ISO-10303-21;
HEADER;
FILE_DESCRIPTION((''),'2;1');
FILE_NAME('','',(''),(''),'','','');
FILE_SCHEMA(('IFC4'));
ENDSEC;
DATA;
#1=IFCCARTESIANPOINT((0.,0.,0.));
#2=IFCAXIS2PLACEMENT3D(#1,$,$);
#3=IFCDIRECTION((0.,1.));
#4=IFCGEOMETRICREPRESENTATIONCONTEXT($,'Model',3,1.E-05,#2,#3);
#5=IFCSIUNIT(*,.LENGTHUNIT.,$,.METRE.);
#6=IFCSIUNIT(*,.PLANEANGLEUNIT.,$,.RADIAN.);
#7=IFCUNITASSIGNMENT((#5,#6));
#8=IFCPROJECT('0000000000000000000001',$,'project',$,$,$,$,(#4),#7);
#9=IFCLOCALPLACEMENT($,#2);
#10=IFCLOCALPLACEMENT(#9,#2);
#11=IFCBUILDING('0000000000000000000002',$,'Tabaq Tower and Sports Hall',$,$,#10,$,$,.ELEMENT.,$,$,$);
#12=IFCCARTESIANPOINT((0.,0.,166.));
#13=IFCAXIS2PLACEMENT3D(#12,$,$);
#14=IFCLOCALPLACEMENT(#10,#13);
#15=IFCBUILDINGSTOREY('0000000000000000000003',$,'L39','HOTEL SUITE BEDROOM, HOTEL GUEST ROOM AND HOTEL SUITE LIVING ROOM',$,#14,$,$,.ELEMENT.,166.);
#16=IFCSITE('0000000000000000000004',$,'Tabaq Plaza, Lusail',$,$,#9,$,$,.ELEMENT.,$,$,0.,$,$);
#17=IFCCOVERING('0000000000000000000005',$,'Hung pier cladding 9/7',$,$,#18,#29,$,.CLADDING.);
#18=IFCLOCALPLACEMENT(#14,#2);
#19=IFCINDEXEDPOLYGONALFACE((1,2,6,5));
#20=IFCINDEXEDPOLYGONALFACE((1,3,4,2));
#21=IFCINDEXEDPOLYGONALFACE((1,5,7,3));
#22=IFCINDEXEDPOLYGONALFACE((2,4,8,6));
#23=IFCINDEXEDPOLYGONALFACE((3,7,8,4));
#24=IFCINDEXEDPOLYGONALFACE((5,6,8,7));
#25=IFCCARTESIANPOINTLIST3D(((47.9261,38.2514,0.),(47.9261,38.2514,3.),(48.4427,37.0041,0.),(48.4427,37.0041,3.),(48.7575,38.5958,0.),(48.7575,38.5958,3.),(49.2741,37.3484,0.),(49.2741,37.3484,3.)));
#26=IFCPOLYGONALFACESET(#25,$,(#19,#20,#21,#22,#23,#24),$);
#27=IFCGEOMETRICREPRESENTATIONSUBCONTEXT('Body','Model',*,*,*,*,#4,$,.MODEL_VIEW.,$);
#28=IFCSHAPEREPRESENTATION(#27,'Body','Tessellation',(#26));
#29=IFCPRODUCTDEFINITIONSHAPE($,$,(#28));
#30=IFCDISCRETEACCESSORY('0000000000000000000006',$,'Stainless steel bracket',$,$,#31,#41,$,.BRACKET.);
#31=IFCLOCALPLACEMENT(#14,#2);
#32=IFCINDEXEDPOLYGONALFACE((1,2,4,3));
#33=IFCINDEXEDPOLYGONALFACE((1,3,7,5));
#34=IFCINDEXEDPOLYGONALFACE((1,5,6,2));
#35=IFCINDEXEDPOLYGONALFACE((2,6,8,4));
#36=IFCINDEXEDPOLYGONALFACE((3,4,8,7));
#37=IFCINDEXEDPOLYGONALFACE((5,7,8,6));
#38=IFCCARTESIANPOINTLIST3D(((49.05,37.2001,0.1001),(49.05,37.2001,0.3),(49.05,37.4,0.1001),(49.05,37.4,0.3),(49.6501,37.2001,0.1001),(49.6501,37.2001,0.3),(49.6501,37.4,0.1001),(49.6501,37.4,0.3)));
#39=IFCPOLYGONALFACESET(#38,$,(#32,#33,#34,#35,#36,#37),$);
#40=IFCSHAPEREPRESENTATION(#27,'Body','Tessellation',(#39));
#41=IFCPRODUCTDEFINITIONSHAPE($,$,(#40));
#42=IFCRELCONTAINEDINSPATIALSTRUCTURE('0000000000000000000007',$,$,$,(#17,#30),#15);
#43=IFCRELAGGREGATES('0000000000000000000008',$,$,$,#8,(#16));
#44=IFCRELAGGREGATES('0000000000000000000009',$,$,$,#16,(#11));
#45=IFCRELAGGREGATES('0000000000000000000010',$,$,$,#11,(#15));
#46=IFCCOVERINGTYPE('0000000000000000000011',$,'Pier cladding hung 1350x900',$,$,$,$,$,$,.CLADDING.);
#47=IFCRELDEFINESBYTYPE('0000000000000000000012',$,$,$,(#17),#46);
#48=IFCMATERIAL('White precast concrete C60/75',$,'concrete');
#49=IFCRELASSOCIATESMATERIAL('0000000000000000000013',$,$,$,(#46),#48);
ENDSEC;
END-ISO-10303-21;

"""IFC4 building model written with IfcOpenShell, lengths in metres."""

from ifc_helpers import new_model, si_unit, direction, frame, frame_2d, origin, origin_2d, place, context, subcontext, project, spatial, rectangle, extrude, material, type_object, element, save


model = new_model("IFC4")

# Units and contexts
model_context = context("Model", 3, precision=1e-05, world=origin(), true_north=direction((0.0, 1.0)))
body_context = subcontext(model_context, "Body", "Model", "MODEL_VIEW")
ifc_project = project(units=[si_unit("LENGTHUNIT", "METRE"), si_unit("PLANEANGLEUNIT", "RADIAN")], contexts=[model_context])

# Site, building, storey
site_placement = place(None, origin())
site = spatial("IfcSite", under=ifc_project, at=site_placement, Name="Tabaq Plaza, Lusail", CompositionType="ELEMENT", RefElevation=0.0)
building_placement = place(site_placement, origin())
building = spatial("IfcBuilding", under=site, at=building_placement, Name="Tabaq Tower and Sports Hall", CompositionType="ELEMENT")
storey_placement = place(building_placement, frame((0.0, 0.0, 166.0)))
storey = spatial("IfcBuildingStorey", under=building, at=storey_placement, Name="L39", Description="HOTEL SUITE BEDROOM, HOTEL GUEST ROOM AND HOTEL SUITE LIVING ROOM", CompositionType="ELEMENT", Elevation=166.0)

# Covering
ifc_material_1 = material(Name="White precast concrete C60/75", Category="concrete")
covering_type = type_object("IfcCoveringType", Name="Pier cladding hung 1350x900", PredefinedType="CLADDING", material=ifc_material_1)
covering_placement = place(storey_placement, frame((48.8584, 37.1763, 0.0), z_axis=(0.0, 0.0, 1.0), x_axis=(-0.38265, 0.923893, 0.0)))
element("IfcCovering", 1, at=covering_placement, inside=storey, type_object=covering_type, Name="Hung pier cladding 9/7", PredefinedType="CLADDING", context=body_context, shape_type="SweptSolid", body=[
    extrude(rectangle(XDim=1.3501, YDim=0.8999, at=frame_2d((0.675, 0.0))), origin(), (0.0, 0.0, 1.0), 3.0),
])

# Discrete accessory
discrete_accessory_placement = place(storey_placement, frame((49.3501, 37.3, 0.1001), z_axis=(0.0, 0.0, 1.0), x_axis=(1.0, 0.0, 0.0)))
element("IfcDiscreteAccessory", 2, at=discrete_accessory_placement, inside=storey, Name="Stainless steel bracket", PredefinedType="BRACKET", context=body_context, shape_type="SweptSolid", body=[
    extrude(rectangle(XDim=0.6001, YDim=0.2, at=origin_2d()), origin(), (0.0, 0.0, 1.0), 0.2),
])

save(model, "model.ifc")
